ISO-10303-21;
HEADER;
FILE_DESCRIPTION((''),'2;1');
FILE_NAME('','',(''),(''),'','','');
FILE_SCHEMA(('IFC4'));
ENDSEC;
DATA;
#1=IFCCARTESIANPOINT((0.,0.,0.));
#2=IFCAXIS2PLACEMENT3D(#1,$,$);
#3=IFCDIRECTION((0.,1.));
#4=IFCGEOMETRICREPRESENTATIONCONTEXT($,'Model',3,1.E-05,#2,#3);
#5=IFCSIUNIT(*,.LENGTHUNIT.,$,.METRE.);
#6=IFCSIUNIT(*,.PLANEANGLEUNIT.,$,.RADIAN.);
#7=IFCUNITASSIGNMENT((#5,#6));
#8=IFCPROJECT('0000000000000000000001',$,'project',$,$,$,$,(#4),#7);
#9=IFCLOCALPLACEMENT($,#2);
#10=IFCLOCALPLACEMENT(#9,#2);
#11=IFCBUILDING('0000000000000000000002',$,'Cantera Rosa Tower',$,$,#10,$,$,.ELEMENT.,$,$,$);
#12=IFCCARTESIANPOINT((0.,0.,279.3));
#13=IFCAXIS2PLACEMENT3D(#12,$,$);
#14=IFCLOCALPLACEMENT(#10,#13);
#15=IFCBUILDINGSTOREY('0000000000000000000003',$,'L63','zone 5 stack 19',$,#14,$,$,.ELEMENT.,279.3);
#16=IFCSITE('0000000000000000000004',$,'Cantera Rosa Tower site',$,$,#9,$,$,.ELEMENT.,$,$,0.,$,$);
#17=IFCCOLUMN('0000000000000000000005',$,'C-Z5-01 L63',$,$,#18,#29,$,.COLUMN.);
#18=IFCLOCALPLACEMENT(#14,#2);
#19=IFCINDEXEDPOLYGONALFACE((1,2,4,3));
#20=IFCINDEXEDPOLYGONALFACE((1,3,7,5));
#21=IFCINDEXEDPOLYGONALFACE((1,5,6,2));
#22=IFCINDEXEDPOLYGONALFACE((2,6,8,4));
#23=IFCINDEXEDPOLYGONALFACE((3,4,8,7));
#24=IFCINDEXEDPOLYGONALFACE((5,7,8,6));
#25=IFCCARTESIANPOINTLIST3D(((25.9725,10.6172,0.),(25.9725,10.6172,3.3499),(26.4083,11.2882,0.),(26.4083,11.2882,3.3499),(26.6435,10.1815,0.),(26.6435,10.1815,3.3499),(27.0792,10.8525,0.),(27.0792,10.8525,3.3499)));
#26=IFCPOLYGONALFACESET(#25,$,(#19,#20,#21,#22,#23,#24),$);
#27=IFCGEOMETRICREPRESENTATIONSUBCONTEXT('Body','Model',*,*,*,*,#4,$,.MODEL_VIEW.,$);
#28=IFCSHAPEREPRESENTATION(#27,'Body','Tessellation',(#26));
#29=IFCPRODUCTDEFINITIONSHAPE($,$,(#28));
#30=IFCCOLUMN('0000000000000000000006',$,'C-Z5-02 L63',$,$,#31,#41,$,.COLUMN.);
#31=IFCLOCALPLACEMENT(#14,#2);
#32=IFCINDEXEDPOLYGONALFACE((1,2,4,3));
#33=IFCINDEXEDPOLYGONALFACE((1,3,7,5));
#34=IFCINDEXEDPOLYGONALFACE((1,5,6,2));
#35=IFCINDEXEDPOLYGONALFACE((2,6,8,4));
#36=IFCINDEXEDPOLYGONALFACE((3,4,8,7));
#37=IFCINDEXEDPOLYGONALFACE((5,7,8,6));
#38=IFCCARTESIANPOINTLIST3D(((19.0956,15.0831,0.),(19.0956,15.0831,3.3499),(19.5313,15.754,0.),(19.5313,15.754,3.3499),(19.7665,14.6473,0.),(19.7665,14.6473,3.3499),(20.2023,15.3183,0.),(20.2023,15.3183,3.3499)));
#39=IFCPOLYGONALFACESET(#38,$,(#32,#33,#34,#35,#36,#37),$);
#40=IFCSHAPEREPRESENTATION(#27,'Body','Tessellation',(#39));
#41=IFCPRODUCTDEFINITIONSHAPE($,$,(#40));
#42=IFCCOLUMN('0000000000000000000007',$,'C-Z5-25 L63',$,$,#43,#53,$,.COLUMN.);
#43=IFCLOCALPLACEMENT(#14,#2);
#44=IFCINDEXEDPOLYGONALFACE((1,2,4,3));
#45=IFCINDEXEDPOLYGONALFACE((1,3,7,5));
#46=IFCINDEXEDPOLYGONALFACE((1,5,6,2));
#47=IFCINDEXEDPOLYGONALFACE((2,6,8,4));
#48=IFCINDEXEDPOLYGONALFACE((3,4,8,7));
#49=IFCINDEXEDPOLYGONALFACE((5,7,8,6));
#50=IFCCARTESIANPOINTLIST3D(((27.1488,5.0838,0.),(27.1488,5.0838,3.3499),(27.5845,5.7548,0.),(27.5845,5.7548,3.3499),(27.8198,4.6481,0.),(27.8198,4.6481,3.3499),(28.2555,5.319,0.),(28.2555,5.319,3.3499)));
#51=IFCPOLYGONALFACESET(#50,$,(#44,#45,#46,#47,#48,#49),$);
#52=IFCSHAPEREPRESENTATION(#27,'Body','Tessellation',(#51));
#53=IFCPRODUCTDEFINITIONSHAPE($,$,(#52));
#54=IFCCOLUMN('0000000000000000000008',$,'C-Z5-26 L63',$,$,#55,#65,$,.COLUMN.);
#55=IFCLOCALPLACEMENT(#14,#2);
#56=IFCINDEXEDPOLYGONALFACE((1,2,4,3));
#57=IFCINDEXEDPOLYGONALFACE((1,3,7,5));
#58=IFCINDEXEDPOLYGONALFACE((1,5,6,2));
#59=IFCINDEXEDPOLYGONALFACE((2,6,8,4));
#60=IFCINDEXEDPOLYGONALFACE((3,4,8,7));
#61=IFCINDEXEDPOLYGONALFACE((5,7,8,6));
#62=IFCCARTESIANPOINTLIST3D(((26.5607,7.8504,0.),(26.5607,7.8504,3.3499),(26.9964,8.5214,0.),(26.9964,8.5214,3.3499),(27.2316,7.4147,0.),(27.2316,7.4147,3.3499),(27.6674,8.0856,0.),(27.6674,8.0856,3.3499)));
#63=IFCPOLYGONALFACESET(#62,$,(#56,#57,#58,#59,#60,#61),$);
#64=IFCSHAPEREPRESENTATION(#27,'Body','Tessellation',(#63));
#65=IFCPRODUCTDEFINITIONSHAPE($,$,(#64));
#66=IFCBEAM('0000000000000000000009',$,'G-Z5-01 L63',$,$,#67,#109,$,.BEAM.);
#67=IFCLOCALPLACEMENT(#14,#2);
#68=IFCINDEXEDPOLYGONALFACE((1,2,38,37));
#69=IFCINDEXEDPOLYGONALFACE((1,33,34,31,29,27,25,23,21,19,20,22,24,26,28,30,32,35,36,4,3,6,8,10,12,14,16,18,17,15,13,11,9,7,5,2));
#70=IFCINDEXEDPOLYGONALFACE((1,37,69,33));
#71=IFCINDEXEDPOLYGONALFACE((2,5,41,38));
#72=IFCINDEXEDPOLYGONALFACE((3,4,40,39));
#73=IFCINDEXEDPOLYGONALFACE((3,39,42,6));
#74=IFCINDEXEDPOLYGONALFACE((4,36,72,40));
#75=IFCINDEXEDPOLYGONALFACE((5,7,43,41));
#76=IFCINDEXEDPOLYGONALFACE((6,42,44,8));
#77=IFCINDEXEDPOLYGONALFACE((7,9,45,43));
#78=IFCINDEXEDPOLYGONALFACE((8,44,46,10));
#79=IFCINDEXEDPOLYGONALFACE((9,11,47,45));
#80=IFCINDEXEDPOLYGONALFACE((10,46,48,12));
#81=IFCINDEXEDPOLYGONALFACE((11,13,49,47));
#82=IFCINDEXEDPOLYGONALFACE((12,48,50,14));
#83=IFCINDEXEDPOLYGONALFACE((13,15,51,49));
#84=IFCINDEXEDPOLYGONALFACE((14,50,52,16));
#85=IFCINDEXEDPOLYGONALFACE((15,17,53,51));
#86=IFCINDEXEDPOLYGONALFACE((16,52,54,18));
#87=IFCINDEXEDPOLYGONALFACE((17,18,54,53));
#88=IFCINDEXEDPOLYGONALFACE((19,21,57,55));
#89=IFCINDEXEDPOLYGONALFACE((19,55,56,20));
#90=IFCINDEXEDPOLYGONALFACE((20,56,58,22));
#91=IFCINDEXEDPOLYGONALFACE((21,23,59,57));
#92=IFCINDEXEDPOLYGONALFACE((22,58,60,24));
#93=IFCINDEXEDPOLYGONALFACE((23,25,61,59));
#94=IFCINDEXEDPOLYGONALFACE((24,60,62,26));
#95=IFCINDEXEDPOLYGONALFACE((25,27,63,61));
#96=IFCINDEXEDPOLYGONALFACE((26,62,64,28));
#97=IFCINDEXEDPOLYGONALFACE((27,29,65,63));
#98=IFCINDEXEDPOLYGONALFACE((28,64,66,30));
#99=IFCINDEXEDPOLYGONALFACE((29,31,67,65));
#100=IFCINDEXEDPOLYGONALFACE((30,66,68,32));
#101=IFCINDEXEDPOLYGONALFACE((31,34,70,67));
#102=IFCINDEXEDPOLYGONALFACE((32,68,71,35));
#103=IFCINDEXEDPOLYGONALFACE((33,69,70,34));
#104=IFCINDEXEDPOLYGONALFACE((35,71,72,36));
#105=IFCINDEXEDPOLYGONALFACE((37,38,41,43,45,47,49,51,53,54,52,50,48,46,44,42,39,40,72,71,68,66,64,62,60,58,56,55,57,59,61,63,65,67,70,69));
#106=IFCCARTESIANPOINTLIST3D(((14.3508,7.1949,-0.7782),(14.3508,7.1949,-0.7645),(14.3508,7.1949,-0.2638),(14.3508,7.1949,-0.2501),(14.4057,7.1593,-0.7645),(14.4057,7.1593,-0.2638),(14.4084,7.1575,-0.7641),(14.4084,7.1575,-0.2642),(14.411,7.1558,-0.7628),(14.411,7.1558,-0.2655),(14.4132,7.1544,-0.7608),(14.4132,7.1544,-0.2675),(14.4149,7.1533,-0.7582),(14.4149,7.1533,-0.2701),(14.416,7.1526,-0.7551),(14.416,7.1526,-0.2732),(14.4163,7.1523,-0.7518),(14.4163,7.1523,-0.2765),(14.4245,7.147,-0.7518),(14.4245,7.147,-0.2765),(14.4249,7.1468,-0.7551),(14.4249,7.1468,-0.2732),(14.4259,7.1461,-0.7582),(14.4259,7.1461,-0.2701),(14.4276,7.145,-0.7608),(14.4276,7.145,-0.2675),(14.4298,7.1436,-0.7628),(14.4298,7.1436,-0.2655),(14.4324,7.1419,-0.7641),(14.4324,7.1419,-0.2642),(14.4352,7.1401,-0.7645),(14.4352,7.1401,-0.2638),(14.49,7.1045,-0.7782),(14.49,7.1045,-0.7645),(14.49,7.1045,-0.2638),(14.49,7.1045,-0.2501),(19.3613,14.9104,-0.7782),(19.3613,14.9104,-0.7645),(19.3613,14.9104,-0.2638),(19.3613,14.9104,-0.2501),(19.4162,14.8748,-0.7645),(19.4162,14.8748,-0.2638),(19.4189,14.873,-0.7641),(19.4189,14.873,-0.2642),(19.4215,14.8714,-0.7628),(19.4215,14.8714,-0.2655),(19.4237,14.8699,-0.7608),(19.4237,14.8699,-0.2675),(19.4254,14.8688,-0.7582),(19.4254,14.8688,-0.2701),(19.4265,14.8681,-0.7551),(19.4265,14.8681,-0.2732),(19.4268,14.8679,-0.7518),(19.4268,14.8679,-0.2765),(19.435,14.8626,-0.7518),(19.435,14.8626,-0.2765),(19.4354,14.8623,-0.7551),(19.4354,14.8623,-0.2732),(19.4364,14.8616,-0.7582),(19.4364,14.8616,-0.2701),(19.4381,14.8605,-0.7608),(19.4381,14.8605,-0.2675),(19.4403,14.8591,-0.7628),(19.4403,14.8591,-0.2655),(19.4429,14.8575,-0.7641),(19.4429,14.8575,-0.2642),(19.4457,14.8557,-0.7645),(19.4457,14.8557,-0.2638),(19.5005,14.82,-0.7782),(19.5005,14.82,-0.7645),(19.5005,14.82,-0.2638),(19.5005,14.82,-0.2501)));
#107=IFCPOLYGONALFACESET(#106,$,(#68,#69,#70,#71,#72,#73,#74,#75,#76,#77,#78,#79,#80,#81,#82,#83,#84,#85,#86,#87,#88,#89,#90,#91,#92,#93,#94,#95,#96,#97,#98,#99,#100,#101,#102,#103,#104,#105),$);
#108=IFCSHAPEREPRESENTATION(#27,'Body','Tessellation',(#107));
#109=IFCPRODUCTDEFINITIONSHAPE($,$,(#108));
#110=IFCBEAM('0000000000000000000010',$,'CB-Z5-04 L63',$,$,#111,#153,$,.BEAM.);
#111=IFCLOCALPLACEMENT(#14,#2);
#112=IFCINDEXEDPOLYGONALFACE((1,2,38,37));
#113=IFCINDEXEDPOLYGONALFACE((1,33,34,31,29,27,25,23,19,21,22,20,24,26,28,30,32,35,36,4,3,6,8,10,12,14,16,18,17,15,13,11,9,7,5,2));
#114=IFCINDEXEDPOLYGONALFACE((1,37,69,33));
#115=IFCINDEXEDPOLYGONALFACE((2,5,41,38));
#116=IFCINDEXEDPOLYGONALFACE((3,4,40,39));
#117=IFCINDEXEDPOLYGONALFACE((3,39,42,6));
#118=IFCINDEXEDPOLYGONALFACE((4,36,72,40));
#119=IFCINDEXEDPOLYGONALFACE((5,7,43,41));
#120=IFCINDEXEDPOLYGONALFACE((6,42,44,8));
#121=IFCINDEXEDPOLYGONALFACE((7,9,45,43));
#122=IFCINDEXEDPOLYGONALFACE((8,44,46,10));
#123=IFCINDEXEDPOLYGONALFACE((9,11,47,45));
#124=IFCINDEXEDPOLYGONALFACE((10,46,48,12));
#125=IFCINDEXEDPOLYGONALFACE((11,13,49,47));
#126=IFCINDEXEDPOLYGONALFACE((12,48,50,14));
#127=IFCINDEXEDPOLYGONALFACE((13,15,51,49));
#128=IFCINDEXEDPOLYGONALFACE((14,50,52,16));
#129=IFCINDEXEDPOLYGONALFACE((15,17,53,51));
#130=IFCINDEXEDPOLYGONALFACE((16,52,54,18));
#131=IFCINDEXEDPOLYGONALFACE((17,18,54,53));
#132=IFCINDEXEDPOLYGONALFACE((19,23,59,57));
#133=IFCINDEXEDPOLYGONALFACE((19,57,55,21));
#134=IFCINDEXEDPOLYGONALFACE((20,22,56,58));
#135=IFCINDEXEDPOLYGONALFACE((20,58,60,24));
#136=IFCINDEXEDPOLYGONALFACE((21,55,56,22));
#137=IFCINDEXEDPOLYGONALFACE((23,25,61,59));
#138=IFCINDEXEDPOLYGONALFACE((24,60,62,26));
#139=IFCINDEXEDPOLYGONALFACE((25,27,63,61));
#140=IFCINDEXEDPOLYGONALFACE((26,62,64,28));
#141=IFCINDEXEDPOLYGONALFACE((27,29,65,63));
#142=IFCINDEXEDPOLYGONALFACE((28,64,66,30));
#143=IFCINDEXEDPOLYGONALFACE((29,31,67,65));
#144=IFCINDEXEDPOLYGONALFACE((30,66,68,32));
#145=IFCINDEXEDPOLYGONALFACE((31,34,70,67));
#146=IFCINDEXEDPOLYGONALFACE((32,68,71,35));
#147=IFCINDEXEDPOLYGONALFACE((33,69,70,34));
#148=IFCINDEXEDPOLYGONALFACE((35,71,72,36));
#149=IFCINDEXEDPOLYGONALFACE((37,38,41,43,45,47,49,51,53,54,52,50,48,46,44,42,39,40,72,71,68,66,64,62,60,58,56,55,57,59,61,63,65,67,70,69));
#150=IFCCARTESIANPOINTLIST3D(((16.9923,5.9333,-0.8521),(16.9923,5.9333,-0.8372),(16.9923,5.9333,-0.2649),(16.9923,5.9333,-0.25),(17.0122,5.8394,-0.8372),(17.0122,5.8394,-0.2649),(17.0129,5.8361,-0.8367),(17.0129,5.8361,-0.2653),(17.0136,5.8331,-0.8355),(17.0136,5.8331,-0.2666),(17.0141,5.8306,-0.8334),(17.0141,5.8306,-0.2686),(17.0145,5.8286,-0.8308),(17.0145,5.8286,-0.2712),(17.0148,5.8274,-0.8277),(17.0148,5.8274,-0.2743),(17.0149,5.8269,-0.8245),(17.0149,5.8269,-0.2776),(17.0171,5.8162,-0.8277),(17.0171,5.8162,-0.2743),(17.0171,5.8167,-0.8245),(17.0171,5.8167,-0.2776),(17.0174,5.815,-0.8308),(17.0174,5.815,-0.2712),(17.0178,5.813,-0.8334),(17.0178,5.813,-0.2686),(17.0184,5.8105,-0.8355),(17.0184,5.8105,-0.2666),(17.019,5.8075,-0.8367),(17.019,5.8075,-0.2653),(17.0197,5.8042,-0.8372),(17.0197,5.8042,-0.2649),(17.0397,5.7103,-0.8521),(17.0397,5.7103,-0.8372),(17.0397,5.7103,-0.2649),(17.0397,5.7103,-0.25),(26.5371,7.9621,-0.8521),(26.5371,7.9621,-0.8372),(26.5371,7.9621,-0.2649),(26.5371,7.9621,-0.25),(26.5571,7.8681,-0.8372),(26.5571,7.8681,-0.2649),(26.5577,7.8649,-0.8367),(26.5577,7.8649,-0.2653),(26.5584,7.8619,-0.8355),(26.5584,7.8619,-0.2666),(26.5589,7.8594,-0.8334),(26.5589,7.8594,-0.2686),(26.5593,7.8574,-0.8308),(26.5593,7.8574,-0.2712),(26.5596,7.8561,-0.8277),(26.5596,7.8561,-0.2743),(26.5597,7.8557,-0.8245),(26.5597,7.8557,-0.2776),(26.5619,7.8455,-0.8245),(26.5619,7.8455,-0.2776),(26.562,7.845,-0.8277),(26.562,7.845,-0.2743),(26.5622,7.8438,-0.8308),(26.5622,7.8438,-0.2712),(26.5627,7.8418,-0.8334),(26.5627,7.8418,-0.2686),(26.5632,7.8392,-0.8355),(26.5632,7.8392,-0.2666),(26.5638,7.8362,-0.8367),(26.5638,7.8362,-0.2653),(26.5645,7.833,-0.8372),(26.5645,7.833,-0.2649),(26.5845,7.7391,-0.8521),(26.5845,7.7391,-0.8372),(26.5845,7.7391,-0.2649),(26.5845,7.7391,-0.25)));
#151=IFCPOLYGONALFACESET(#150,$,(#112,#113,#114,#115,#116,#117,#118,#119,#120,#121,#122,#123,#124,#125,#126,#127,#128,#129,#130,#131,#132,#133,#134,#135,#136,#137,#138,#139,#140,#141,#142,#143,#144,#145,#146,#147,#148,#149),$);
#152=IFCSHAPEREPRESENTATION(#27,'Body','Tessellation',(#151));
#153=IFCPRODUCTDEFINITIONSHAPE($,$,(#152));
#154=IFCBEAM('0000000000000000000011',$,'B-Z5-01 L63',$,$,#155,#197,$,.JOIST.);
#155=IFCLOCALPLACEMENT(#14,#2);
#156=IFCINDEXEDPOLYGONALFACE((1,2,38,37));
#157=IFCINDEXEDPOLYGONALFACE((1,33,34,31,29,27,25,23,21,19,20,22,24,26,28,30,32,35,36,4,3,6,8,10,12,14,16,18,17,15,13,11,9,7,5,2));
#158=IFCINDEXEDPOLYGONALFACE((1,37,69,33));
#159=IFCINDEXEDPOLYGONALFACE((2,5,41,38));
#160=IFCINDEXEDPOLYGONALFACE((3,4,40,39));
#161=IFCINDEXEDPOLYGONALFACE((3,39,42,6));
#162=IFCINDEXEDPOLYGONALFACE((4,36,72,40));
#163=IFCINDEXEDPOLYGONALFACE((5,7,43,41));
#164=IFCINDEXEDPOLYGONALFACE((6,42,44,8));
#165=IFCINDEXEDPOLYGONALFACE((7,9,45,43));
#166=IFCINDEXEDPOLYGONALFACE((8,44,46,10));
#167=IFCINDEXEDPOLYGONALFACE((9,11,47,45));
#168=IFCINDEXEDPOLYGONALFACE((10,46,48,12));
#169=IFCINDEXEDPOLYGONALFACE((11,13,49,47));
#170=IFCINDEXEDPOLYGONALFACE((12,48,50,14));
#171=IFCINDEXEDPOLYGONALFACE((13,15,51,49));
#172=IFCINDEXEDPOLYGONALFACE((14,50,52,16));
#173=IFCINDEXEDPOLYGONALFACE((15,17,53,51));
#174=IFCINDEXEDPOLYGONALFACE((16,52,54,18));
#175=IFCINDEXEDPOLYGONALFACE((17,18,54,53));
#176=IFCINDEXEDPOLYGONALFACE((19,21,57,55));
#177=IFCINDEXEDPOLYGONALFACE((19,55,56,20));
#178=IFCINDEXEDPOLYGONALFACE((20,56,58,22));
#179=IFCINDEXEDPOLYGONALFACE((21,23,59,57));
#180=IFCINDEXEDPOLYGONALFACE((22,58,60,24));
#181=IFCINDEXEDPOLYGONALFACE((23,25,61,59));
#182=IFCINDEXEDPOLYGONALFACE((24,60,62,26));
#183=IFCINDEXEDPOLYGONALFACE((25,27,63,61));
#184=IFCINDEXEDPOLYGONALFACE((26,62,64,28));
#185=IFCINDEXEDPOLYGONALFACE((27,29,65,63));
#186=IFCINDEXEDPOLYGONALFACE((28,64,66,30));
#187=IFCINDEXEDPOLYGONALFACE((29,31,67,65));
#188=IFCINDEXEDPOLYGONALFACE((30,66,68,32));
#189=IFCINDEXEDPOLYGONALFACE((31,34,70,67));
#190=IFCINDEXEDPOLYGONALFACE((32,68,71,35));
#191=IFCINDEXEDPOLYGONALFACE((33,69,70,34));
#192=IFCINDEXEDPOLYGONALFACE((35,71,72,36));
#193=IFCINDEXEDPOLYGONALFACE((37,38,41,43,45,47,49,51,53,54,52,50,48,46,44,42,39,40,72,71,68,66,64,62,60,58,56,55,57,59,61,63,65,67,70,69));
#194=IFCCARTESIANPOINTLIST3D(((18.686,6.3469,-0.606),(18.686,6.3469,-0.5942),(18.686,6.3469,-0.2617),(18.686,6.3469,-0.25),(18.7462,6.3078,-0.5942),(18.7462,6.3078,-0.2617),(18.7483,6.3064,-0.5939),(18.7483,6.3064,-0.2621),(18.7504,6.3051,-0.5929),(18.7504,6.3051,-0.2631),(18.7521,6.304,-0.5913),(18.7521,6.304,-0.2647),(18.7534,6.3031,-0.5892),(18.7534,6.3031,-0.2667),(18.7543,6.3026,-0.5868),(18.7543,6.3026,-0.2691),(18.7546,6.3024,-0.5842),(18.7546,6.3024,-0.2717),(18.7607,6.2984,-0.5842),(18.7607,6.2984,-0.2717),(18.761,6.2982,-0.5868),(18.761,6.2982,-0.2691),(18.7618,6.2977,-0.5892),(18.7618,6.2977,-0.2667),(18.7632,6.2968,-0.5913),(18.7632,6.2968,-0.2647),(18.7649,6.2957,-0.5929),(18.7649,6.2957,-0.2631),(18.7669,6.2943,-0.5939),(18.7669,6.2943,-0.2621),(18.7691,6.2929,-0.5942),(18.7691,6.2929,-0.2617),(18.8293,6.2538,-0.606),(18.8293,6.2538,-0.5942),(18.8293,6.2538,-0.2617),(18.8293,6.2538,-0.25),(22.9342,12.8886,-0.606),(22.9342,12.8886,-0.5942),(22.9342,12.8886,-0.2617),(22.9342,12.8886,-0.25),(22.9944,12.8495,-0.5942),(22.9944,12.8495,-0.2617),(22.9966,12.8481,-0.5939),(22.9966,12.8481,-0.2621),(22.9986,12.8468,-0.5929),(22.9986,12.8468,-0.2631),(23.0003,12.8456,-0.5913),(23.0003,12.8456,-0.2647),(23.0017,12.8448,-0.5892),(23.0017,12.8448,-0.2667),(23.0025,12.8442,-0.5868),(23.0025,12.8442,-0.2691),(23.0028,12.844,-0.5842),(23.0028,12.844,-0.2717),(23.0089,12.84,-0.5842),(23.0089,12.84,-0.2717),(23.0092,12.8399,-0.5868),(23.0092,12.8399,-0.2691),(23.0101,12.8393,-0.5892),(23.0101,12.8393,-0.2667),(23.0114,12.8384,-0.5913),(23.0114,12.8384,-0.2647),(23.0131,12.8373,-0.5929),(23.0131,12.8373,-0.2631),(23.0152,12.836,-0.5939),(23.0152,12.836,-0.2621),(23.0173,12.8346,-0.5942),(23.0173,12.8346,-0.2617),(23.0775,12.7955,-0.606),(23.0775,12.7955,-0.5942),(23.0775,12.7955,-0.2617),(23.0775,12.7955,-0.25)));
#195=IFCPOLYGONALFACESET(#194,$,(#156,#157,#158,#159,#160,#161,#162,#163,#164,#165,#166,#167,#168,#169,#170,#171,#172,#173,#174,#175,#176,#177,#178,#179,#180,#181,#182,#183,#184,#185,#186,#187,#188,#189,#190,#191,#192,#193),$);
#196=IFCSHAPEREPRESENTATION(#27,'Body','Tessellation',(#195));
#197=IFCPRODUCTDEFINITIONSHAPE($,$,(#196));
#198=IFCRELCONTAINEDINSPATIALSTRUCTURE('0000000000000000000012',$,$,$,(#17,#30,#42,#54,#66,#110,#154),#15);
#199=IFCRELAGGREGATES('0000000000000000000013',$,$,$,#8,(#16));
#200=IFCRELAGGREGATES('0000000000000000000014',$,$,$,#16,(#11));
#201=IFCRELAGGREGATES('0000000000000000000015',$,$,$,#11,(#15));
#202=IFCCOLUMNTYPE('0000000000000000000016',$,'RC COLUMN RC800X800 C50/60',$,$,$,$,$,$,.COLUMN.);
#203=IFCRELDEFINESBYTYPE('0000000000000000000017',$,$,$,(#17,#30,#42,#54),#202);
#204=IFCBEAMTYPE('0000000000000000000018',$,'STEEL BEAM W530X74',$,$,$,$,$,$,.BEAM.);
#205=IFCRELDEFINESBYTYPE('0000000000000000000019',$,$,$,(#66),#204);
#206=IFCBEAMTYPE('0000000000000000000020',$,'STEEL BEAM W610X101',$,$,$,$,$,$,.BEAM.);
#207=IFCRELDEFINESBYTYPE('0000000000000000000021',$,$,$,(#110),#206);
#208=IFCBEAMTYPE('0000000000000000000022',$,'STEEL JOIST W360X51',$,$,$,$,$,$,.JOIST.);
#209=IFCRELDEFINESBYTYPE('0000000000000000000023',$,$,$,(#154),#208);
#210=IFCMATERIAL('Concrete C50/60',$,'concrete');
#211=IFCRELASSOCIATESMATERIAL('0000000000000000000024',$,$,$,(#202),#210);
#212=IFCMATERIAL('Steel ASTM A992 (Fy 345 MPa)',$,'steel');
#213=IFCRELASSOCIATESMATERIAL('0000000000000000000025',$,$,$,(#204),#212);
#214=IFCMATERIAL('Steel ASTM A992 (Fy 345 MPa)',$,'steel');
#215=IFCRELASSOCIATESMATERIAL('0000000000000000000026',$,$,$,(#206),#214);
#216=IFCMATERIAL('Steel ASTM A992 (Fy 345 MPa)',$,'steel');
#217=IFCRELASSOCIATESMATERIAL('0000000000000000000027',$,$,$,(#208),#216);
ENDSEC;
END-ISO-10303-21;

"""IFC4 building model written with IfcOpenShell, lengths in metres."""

from ifc_helpers import new_model, si_unit, direction, frame, origin, origin_2d, place, context, subcontext, project, spatial, rectangle, i_section, extrude, material, material_profile, profile_set, type_object, element, save


model = new_model("IFC4")

# Units and contexts
model_context = context("Model", 3, precision=1e-05, world=origin(), true_north=direction((0.0, 1.0)))
body_context = subcontext(model_context, "Body", "Model", "MODEL_VIEW")
ifc_project = project(units=[si_unit("LENGTHUNIT", "METRE"), si_unit("PLANEANGLEUNIT", "RADIAN")], contexts=[model_context])

# Site, building, storey
site_placement = place(None, origin())
site = spatial("IfcSite", under=ifc_project, at=site_placement, Name="Cantera Rosa Tower site", CompositionType="ELEMENT", RefElevation=0.0)
building_placement = place(site_placement, origin())
building = spatial("IfcBuilding", under=site, at=building_placement, Name="Cantera Rosa Tower", CompositionType="ELEMENT")
storey_placement = place(building_placement, frame((0.0, 0.0, 279.3)))
storey = spatial("IfcBuildingStorey", under=building, at=storey_placement, Name="L63", Description="zone 5 stack 19", CompositionType="ELEMENT", Elevation=279.3)

# Columns
ifc_material_1 = material(Name="Concrete C50/60", Category="concrete")
ifc_material_profile_1 = material_profile(ifc_material_1, rectangle(XDim=0.8, YDim=0.8, at=origin_2d()), Name="RC COLUMN RC800X800 C50/60")
ifc_profile_set_1 = profile_set([ifc_material_profile_1], Name="Concrete C50/60")
column_type = type_object("IfcColumnType", Name="RC COLUMN RC800X800 C50/60", PredefinedType="COLUMN", material=ifc_profile_set_1)
for number, where, z_axis, x_axis, name in (
    (1, (26.5259, 10.7349, 0.0), (0.0, 0.0, 1.0), (0.544639, 0.838671, 0.0), "C-Z5-01 L63"),
    (2, (19.6489, 15.2007, 0.0), (0.0, 0.0, 1.0), (0.544639, 0.838671, 0.0), "C-Z5-02 L63"),
    (3, (27.7021, 5.2014, 0.0), (0.0, 0.0, 1.0), (0.544639, 0.838671, 0.0), "C-Z5-25 L63"),
    (4, (27.114, 7.968, 0.0), (0.0, 0.0, 1.0), (0.544639, 0.838671, 0.0), "C-Z5-26 L63"),
):
    element("IfcColumn", number, at=place(storey_placement, frame(where, z_axis=z_axis, x_axis=x_axis)), inside=storey, type_object=column_type, Name=name, PredefinedType="COLUMN", context=body_context, shape_type="SweptSolid", body=[
        extrude(rectangle(XDim=0.8, YDim=0.8, at=origin_2d()), origin(), (0.0, 0.0, 1.0), 3.3499),
    ])

# Beams
ifc_material_2 = material(Name="Steel ASTM A992 (Fy 345 MPa)", Category="steel")
ifc_material_profile_2 = material_profile(ifc_material_2, i_section(OverallWidth=0.166, OverallDepth=0.5281, WebThickness=0.0098, FlangeThickness=0.0137, FilletRadius=0.0127, at=origin_2d()), Name="W530X74")
ifc_profile_set_2 = profile_set([ifc_material_profile_2], Name="Steel ASTM A992 (Fy 345 MPa)")
beam_type_1 = type_object("IfcBeamType", Name="STEEL BEAM W530X74", PredefinedType="BEAM", material=ifc_profile_set_2)
beam_1_placement = place(storey_placement, frame((19.4309, 14.8652, -0.5142), z_axis=(-0.544635, -0.838673, 0.0), x_axis=(0.838673, -0.544635, 0.0)))
element("IfcBeam", 5, at=beam_1_placement, inside=storey, type_object=beam_type_1, Name="G-Z5-01 L63", PredefinedType="BEAM", context=body_context, shape_type="SweptSolid", body=[
    extrude(i_section(OverallWidth=0.166, OverallDepth=0.5281, WebThickness=0.0098, FlangeThickness=0.0137, FilletRadius=0.0127, at=origin_2d()), origin(), (0.0, 0.0, 1.0), 9.1997),
])
ifc_material_3 = material(Name="Steel ASTM A992 (Fy 345 MPa)", Category="steel")
ifc_material_profile_3 = material_profile(ifc_material_3, i_section(OverallWidth=0.228, OverallDepth=0.6021, WebThickness=0.0105, FlangeThickness=0.0149, FilletRadius=0.0127, at=origin_2d()), Name="W610X101")
ifc_profile_set_3 = profile_set([ifc_material_profile_3], Name="Steel ASTM A992 (Fy 345 MPa)")
beam_type_2 = type_object("IfcBeamType", Name="STEEL BEAM W610X101", PredefinedType="BEAM", material=ifc_profile_set_3)
beam_2_placement = place(storey_placement, frame((26.5608, 7.8506, -0.551), z_axis=(-0.978148, -0.207909, 0.0), x_axis=(0.207909, -0.978148, 0.0)))
element("IfcBeam", 6, at=beam_2_placement, inside=storey, type_object=beam_type_2, Name="CB-Z5-04 L63", PredefinedType="BEAM", context=body_context, shape_type="SweptSolid", body=[
    extrude(i_section(OverallWidth=0.228, OverallDepth=0.6021, WebThickness=0.0105, FlangeThickness=0.0149, FilletRadius=0.0127, at=origin_2d()), origin(), (0.0, 0.0, 1.0), 9.7581),
])
ifc_material_4 = material(Name="Steel ASTM A992 (Fy 345 MPa)", Category="steel")
ifc_material_profile_4 = material_profile(ifc_material_4, i_section(OverallWidth=0.1709, OverallDepth=0.356, WebThickness=0.0073, FlangeThickness=0.0117, FilletRadius=0.01, at=origin_2d()), Name="W360X51")
ifc_profile_set_4 = profile_set([ifc_material_profile_4], Name="Steel ASTM A992 (Fy 345 MPa)")
beam_type_3 = type_object("IfcBeamType", Name="STEEL JOIST W360X51", PredefinedType="JOIST", material=ifc_profile_set_4)
beam_3_placement = place(storey_placement, frame((23.0059, 12.842, -0.428), z_axis=(-0.544642, -0.838669, 0.0), x_axis=(0.838669, -0.544642, 0.0)))
element("IfcBeam", 7, at=beam_3_placement, inside=storey, type_object=beam_type_3, Name="B-Z5-01 L63", PredefinedType="JOIST", context=body_context, shape_type="SweptSolid", body=[
    extrude(i_section(OverallWidth=0.1709, OverallDepth=0.356, WebThickness=0.0073, FlangeThickness=0.0117, FilletRadius=0.01, at=origin_2d()), origin(), (0.0, 0.0, 1.0), 7.8),
])

save(model, "model.ifc")
